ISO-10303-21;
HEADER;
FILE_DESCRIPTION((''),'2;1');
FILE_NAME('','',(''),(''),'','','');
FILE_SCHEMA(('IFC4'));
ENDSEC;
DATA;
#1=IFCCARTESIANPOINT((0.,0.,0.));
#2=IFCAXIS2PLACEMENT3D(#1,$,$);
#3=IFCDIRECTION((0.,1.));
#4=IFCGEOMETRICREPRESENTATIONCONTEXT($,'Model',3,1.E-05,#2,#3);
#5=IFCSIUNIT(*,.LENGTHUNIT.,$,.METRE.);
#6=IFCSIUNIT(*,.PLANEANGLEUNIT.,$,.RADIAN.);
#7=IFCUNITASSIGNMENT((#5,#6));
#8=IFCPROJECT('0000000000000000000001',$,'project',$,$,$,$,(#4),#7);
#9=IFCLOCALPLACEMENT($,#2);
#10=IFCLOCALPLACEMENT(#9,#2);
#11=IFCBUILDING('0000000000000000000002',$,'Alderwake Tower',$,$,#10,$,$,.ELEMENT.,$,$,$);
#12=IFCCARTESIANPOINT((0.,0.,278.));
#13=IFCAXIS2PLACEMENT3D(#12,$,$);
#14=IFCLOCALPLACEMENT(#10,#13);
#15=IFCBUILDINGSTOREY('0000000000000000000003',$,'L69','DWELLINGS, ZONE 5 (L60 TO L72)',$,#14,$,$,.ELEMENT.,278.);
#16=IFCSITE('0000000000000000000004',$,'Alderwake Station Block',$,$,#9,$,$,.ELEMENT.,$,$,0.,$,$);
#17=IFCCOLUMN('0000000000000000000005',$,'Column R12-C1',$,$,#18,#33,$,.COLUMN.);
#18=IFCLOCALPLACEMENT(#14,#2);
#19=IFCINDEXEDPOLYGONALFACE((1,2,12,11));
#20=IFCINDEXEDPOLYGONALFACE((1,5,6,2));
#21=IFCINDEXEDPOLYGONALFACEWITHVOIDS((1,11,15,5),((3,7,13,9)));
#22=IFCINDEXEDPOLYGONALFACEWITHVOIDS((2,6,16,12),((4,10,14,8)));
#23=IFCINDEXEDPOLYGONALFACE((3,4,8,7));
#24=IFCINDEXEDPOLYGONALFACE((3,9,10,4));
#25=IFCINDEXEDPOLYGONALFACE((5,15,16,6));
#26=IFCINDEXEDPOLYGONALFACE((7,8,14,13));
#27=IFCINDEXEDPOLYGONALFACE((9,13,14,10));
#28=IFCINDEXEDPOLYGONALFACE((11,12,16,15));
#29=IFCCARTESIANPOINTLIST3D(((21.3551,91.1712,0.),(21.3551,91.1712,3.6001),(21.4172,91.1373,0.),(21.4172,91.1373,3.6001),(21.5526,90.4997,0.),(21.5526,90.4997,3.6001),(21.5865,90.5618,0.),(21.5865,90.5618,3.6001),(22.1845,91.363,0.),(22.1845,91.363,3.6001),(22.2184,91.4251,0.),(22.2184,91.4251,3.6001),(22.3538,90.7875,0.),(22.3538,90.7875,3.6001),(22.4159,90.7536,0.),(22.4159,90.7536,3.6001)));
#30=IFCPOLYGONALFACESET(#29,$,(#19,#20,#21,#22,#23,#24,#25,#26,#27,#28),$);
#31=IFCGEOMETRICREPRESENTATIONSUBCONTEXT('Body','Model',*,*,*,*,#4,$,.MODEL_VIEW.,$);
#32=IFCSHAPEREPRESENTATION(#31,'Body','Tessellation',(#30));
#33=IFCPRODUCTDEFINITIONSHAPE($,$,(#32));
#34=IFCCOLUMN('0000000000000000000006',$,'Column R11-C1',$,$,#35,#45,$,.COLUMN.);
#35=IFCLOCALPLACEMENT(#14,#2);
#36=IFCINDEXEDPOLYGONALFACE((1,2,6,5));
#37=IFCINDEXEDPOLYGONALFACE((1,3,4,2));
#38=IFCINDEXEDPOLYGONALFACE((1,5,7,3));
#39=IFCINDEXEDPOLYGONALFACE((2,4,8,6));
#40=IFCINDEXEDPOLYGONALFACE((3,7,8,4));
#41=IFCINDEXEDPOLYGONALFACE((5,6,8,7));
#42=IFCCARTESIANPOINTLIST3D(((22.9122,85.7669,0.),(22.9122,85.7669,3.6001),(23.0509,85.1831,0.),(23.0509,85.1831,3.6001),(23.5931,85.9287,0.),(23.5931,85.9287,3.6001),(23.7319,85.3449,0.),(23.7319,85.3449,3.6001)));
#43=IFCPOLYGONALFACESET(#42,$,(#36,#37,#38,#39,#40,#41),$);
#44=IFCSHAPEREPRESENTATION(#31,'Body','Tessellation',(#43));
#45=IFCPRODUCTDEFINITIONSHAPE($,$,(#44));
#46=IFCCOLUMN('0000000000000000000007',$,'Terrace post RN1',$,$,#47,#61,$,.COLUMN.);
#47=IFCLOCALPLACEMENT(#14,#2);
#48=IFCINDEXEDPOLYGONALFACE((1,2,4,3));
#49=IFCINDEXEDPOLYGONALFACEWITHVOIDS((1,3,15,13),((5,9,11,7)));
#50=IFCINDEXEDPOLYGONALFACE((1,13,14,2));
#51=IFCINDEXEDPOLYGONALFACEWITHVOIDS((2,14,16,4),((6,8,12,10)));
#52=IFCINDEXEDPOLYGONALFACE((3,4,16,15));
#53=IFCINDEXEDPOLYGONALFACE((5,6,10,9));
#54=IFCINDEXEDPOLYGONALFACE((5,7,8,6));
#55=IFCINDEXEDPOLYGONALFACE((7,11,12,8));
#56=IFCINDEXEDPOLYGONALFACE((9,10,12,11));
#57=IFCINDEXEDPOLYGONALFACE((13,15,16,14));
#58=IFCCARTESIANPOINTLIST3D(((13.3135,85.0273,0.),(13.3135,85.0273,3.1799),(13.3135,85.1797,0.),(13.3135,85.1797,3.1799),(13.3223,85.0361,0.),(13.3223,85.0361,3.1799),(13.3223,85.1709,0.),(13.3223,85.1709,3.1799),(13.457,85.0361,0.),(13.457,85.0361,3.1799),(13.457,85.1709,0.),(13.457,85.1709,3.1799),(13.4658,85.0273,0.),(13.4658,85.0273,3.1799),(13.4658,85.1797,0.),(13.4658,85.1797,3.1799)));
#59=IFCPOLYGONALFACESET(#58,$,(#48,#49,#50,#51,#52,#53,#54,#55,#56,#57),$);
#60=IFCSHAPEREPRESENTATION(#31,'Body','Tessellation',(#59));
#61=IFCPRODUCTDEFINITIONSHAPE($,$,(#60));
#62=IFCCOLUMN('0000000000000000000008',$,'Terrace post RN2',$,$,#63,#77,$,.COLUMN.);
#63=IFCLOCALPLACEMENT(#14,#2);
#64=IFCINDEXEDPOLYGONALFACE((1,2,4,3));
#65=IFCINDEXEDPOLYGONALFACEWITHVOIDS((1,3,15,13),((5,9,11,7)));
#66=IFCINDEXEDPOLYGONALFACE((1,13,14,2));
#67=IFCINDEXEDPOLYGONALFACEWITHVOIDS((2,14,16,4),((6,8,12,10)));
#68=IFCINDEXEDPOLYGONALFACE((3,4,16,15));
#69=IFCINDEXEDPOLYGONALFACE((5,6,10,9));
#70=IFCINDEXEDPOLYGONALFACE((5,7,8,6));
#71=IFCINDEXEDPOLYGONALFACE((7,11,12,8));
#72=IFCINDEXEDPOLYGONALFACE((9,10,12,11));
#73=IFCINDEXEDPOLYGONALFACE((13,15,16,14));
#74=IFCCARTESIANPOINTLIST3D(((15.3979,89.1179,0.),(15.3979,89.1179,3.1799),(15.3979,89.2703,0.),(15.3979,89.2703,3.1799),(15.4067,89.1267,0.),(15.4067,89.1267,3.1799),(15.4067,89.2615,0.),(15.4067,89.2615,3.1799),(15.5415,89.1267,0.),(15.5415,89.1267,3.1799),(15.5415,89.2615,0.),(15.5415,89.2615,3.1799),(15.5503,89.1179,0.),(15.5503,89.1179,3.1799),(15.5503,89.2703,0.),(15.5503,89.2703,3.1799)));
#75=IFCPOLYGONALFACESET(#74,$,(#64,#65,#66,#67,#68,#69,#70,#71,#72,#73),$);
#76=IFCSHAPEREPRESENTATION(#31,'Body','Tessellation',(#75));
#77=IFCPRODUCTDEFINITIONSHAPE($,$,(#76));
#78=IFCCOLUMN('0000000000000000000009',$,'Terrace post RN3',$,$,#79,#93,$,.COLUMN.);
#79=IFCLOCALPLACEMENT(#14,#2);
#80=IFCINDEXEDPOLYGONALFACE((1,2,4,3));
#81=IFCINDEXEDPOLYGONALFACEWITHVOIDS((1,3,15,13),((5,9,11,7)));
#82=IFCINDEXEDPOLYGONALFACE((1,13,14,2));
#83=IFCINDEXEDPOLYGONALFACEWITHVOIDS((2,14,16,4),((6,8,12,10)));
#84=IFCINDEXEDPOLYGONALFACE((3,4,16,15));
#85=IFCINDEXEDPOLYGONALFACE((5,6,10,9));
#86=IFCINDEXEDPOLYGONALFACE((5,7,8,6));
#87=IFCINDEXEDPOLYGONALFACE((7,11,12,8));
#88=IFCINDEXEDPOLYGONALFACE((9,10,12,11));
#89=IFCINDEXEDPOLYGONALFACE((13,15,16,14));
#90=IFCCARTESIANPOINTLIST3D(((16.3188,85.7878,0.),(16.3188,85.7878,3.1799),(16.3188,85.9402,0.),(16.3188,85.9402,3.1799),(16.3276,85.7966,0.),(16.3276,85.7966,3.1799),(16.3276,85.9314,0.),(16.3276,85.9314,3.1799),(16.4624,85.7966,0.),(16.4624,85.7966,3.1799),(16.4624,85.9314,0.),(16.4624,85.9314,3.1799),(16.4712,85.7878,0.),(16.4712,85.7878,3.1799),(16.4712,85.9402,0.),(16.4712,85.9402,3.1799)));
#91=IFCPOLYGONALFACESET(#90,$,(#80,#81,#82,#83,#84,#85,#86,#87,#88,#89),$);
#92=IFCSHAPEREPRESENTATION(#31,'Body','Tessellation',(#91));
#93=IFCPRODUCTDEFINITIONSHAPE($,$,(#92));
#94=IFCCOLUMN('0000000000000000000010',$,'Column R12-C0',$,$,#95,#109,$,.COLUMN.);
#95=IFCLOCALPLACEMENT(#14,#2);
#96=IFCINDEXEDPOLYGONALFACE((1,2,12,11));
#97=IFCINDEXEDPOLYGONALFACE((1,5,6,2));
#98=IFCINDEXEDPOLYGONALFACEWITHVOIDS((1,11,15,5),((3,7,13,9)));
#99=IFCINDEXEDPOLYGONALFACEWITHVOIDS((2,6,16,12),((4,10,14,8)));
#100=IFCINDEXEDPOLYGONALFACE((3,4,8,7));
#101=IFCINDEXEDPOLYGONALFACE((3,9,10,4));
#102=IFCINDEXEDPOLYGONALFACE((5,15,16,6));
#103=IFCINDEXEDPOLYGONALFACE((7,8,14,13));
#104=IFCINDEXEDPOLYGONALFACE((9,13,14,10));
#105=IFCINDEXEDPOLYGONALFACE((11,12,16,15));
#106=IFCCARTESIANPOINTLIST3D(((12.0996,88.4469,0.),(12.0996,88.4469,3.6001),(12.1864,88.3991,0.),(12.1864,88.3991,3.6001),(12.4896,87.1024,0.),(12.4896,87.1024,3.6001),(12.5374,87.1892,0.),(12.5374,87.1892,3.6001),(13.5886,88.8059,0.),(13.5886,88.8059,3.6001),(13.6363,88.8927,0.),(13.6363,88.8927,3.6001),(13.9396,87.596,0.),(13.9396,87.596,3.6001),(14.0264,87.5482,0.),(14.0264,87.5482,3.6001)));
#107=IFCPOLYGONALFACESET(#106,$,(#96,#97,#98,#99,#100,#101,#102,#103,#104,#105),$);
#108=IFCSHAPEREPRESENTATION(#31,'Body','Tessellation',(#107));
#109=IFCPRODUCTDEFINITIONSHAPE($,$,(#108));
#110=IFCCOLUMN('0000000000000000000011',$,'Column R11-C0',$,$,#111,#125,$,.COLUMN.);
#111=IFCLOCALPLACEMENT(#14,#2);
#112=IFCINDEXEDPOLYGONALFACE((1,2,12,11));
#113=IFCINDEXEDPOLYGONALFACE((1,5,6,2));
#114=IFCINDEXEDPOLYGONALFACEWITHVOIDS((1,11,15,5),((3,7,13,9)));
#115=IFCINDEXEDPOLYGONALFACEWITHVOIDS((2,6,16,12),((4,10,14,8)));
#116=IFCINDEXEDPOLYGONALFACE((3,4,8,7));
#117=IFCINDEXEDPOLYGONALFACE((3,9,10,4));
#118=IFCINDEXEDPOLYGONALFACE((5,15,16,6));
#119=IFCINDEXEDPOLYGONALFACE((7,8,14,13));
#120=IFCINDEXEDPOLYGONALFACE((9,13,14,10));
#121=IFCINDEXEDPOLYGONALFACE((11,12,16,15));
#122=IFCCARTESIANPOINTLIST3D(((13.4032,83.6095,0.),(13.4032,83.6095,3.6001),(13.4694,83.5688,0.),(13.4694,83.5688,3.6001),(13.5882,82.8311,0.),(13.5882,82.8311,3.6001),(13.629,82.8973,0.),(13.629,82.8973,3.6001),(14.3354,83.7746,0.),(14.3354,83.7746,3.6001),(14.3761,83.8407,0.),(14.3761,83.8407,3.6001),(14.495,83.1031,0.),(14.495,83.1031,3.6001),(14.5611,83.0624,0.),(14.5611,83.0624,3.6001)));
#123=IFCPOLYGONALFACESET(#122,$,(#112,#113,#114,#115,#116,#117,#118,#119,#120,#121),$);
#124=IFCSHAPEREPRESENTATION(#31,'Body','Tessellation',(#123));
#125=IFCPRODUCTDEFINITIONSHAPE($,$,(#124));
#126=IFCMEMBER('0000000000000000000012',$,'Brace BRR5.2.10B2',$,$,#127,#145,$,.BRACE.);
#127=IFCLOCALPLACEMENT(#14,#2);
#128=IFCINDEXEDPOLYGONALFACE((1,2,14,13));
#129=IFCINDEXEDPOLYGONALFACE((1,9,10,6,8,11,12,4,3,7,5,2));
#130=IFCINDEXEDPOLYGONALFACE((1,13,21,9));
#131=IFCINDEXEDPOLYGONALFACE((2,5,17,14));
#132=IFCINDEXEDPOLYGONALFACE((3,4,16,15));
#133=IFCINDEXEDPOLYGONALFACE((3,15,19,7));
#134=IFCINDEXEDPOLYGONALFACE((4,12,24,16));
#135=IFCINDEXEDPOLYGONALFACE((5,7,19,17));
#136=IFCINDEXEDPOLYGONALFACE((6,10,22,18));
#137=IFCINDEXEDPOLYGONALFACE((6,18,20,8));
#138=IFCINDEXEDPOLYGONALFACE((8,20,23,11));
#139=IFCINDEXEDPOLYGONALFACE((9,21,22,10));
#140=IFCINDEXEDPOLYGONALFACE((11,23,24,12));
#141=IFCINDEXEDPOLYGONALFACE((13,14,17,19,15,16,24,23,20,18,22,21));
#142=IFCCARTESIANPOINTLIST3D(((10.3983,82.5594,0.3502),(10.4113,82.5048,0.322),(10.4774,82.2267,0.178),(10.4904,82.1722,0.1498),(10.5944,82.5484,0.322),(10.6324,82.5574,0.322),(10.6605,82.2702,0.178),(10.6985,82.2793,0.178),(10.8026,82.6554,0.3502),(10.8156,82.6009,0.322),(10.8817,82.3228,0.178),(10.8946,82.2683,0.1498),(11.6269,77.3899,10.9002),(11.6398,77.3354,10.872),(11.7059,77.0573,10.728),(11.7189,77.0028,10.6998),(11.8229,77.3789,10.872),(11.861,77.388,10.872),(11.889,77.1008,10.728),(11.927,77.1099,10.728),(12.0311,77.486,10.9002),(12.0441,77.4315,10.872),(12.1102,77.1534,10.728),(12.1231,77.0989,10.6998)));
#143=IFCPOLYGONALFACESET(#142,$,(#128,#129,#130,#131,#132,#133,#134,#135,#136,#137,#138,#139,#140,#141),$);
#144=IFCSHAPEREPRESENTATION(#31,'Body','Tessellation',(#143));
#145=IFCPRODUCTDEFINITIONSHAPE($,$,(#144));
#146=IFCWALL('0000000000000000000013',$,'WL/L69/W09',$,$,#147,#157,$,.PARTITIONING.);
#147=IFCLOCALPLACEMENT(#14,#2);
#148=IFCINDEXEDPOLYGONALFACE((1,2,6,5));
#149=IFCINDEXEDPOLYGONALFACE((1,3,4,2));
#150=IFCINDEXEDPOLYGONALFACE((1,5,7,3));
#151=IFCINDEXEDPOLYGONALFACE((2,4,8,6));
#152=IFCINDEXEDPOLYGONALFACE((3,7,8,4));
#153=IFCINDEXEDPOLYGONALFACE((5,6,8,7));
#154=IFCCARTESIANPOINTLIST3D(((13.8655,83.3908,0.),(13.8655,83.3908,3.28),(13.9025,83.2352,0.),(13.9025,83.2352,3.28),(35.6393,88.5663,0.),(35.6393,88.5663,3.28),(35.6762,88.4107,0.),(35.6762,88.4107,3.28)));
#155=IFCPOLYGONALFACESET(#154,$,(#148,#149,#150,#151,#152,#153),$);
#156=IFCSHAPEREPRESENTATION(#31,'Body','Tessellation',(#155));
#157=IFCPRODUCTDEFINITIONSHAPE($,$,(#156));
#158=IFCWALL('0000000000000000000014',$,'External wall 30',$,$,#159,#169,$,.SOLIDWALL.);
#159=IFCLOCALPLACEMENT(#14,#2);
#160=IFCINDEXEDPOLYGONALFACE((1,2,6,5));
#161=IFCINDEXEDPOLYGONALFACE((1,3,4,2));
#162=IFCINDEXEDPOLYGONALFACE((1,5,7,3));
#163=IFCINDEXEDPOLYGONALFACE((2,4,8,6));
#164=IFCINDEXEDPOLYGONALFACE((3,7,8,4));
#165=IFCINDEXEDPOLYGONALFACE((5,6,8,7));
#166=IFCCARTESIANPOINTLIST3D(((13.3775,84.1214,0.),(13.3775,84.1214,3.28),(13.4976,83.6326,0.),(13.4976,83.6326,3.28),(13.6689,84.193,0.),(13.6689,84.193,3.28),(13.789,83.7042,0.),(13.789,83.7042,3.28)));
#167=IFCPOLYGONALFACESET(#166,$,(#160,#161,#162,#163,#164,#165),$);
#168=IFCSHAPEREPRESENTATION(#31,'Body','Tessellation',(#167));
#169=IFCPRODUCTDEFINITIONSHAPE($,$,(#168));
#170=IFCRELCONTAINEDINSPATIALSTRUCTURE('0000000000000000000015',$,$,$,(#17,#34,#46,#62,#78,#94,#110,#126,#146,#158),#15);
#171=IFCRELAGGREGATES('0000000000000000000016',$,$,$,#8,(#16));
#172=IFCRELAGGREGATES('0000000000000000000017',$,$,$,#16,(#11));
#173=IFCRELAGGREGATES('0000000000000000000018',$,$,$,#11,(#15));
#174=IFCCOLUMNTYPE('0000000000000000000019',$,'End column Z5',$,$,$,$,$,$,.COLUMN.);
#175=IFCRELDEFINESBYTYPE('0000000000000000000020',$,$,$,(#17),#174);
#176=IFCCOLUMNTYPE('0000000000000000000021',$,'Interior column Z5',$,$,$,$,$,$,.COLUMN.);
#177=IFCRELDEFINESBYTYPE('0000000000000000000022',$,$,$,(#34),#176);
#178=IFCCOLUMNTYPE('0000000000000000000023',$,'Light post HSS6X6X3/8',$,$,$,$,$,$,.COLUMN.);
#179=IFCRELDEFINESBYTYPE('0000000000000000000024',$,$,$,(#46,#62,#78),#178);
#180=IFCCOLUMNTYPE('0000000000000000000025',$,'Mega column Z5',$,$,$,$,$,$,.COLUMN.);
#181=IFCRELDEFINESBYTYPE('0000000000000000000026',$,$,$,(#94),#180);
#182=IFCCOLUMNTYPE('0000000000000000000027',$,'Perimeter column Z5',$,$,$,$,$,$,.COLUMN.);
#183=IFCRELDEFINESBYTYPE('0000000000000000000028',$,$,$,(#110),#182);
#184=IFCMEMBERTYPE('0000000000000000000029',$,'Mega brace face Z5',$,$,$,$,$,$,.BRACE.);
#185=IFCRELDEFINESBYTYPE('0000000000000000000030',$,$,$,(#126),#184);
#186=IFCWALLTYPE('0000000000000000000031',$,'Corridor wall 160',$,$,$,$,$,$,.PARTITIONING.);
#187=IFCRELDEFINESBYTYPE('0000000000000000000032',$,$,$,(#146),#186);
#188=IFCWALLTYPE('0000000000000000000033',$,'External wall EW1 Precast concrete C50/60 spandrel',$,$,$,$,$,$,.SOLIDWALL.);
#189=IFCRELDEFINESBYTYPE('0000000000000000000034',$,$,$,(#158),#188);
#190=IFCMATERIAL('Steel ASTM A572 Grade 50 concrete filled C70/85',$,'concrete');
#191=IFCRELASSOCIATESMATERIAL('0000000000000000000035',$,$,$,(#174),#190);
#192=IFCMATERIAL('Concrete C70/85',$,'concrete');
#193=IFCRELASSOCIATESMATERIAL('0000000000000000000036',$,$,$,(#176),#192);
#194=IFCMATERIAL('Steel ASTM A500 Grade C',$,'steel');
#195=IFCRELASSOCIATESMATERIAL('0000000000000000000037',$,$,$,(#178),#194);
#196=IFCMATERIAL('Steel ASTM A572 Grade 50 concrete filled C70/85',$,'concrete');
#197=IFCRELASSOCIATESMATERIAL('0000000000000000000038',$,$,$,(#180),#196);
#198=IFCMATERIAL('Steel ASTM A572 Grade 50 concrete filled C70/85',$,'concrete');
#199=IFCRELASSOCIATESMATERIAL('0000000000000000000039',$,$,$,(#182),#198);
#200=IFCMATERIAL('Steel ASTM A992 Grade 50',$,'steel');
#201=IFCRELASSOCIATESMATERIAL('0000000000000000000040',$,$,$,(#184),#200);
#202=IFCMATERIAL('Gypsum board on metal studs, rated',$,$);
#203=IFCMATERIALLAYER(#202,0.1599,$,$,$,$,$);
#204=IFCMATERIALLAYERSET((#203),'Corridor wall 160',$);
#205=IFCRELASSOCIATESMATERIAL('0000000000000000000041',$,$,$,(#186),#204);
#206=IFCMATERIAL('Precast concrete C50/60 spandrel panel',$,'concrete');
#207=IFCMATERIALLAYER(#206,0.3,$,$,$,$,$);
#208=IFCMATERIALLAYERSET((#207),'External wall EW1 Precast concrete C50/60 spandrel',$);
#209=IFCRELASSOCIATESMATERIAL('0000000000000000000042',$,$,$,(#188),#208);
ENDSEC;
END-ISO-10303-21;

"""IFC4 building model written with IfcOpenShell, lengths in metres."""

from ifc_helpers import new_model, si_unit, direction, frame, frame_2d, origin, origin_2d, place, context, subcontext, project, spatial, rectangle, hollow_rectangle, i_section, extrude, material, layer, layer_set, material_profile, profile_set, type_object, element, save


model = new_model("IFC4")

# Units and contexts
model_context = context("Model", 3, precision=1e-05, world=origin(), true_north=direction((0.0, 1.0)))
body_context = subcontext(model_context, "Body", "Model", "MODEL_VIEW")
ifc_project = project(units=[si_unit("LENGTHUNIT", "METRE"), si_unit("PLANEANGLEUNIT", "RADIAN")], contexts=[model_context])

# Site, building, storey
site_placement = place(None, origin())
site = spatial("IfcSite", under=ifc_project, at=site_placement, Name="Alderwake Station Block", CompositionType="ELEMENT", RefElevation=0.0)
building_placement = place(site_placement, origin())
building = spatial("IfcBuilding", under=site, at=building_placement, Name="Alderwake Tower", CompositionType="ELEMENT")
storey_placement = place(building_placement, frame((0.0, 0.0, 278.0)))
storey = spatial("IfcBuildingStorey", under=building, at=storey_placement, Name="L69", Description="DWELLINGS, ZONE 5 (L60 TO L72)", CompositionType="ELEMENT", Elevation=278.0)

# Columns
ifc_material_1 = material(Name="Steel ASTM A572 Grade 50 concrete filled C70/85", Category="concrete")
ifc_material_profile_1 = material_profile(ifc_material_1, hollow_rectangle(XDim=0.7, YDim=0.8999, WallThickness=0.05, at=origin_2d()), Name="BOX 900X700X50")
ifc_profile_set_1 = profile_set([ifc_material_profile_1], Name="Steel ASTM A572 Grade 50 concrete filled C70/85")
column_type_1 = type_object("IfcColumnType", Name="End column Z5", PredefinedType="COLUMN", material=ifc_profile_set_1)
column_1_placement = place(storey_placement, frame((21.8855, 90.9624, 0.0), z_axis=(0.0, 0.0, 1.0), x_axis=(-0.282132, 0.959376, 0.0)))
element("IfcColumn", 1, at=column_1_placement, inside=storey, type_object=column_type_1, Name="Column R12-C1", PredefinedType="COLUMN", context=body_context, shape_type="SweptSolid", body=[
    extrude(hollow_rectangle(XDim=0.7, YDim=0.8999, WallThickness=0.05, at=origin_2d()), origin(), (0.0, 0.0, 1.0), 3.6001),
])
ifc_material_2 = material(Name="Concrete C70/85", Category="concrete")
ifc_material_profile_2 = material_profile(ifc_material_2, rectangle(XDim=0.6001, YDim=0.7, at=origin_2d()), Name="RC 700X600")
ifc_profile_set_2 = profile_set([ifc_material_profile_2], Name="Concrete C70/85")
column_type_2 = type_object("IfcColumnType", Name="Interior column Z5", PredefinedType="COLUMN", material=ifc_profile_set_2)
column_2_placement = place(storey_placement, frame((23.322, 85.5559, 0.0), z_axis=(0.0, 0.0, 1.0), x_axis=(-0.231222, 0.972901, 0.0)))
element("IfcColumn", 2, at=column_2_placement, inside=storey, type_object=column_type_2, Name="Column R11-C1", PredefinedType="COLUMN", context=body_context, shape_type="SweptSolid", body=[
    extrude(rectangle(XDim=0.6001, YDim=0.7, at=origin_2d()), origin(), (0.0, 0.0, 1.0), 3.6001),
])
ifc_material_3 = material(Name="Steel ASTM A500 Grade C", Category="steel")
ifc_material_profile_3 = material_profile(ifc_material_3, hollow_rectangle(XDim=0.1523, YDim=0.1523, WallThickness=0.0088, at=origin_2d()), Name="HSS6X6X3/8")
ifc_profile_set_3 = profile_set([ifc_material_profile_3], Name="Steel ASTM A500 Grade C")
column_type_3 = type_object("IfcColumnType", Name="Light post HSS6X6X3/8", PredefinedType="COLUMN", material=ifc_profile_set_3)
for number, where, z_axis, x_axis, name in (
    (3, (13.3896, 85.1035, 0.0), (0.0, 0.0, 1.0), (1.0, 0.0, 0.0), "Terrace post RN1"),
    (4, (15.4741, 89.1941, 0.0), (0.0, 0.0, 1.0), (1.0, 0.0, 0.0), "Terrace post RN2"),
    (5, (16.395, 85.864, 0.0), (0.0, 0.0, 1.0), (1.0, 0.0, 0.0), "Terrace post RN3"),
):
    element("IfcColumn", number, at=place(storey_placement, frame(where, z_axis=z_axis, x_axis=x_axis)), inside=storey, type_object=column_type_3, Name=name, PredefinedType="COLUMN", context=body_context, shape_type="SweptSolid", body=[
        extrude(hollow_rectangle(XDim=0.1523, YDim=0.1523, WallThickness=0.0088, at=origin_2d()), origin(), (0.0, 0.0, 1.0), 3.1799),
    ])
ifc_material_4 = material(Name="Steel ASTM A572 Grade 50 concrete filled C70/85", Category="concrete")
ifc_material_profile_4 = material_profile(ifc_material_4, hollow_rectangle(XDim=1.3999, YDim=1.6001, WallThickness=0.0701, at=origin_2d()), Name="BOX 1600X1400X70")
ifc_profile_set_4 = profile_set([ifc_material_profile_4], Name="Steel ASTM A572 Grade 50 concrete filled C70/85")
column_type_4 = type_object("IfcColumnType", Name="Mega column Z5", PredefinedType="COLUMN", material=ifc_profile_set_4)
column_3_placement = place(storey_placement, frame((13.063, 87.9976, 0.0), z_axis=(0.0, 0.0, 1.0), x_axis=(-0.278612, 0.960404, 0.0)))
element("IfcColumn", 6, at=column_3_placement, inside=storey, type_object=column_type_4, Name="Column R12-C0", PredefinedType="COLUMN", context=body_context, shape_type="SweptSolid", body=[
    extrude(hollow_rectangle(XDim=1.3999, YDim=1.6001, WallThickness=0.0701, at=origin_2d()), origin(), (0.0, 0.0, 1.0), 3.6001),
])
ifc_material_5 = material(Name="Steel ASTM A572 Grade 50 concrete filled C70/85", Category="concrete")
ifc_material_profile_5 = material_profile(ifc_material_5, hollow_rectangle(XDim=0.8, YDim=1.0, WallThickness=0.0549, at=origin_2d()), Name="BOX 1000X800X55")
ifc_profile_set_5 = profile_set([ifc_material_profile_5], Name="Steel ASTM A572 Grade 50 concrete filled C70/85")
column_type_5 = type_object("IfcColumnType", Name="Perimeter column Z5", PredefinedType="COLUMN", material=ifc_profile_set_5)
column_4_placement = place(storey_placement, frame((13.9822, 83.3359, 0.0), z_axis=(0.0, 0.0, 1.0), x_axis=(-0.231222, 0.972901, 0.0)))
element("IfcColumn", 7, at=column_4_placement, inside=storey, type_object=column_type_5, Name="Column R11-C0", PredefinedType="COLUMN", context=body_context, shape_type="SweptSolid", body=[
    extrude(hollow_rectangle(XDim=0.8, YDim=1.0, WallThickness=0.0549, at=origin_2d()), origin(), (0.0, 0.0, 1.0), 3.6001),
])

# Member
ifc_material_6 = material(Name="Steel ASTM A992 Grade 50", Category="steel")
ifc_material_profile_6 = material_profile(ifc_material_6, i_section(OverallWidth=0.4155, OverallDepth=0.4456, WebThickness=0.0391, FlangeThickness=0.0627, at=origin_2d()), Name="W14X342")
ifc_profile_set_6 = profile_set([ifc_material_profile_6], Name="Steel ASTM A992 Grade 50")
member_type = type_object("IfcMemberType", Name="Mega brace face Z5", PredefinedType="BRACE", material=ifc_profile_set_6)
member_placement = place(storey_placement, frame((10.6465, 82.4138, 0.25), z_axis=(0.104001, -0.437623, 0.893124), x_axis=(0.972904, 0.231211, 0.0)))
element("IfcMember", 8, at=member_placement, inside=storey, type_object=member_type, Name="Brace BRR5.2.10B2", PredefinedType="BRACE", context=body_context, shape_type="SweptSolid", body=[
    extrude(i_section(OverallWidth=0.4155, OverallDepth=0.4456, WebThickness=0.0391, FlangeThickness=0.0627, at=origin_2d()), origin(), (0.0, 0.0, 1.0), 11.8125),
])

# Walls
ifc_material_7 = material(Name="Gypsum board on metal studs, rated")
ifc_layer_1 = layer(ifc_material_7, 0.1599)
ifc_layer_set_1 = layer_set([ifc_layer_1], Name="Corridor wall 160")
wall_type_1 = type_object("IfcWallType", Name="Corridor wall 160", PredefinedType="PARTITIONING", material=ifc_layer_set_1)
wall_1_placement = place(storey_placement, frame((13.884, 83.313, 0.0), z_axis=(0.0, 0.0, 1.0), x_axis=(0.972893, 0.231254, 0.0)))
element("IfcWall", 9, at=wall_1_placement, inside=storey, type_object=wall_type_1, Name="WL/L69/W09", PredefinedType="PARTITIONING", context=body_context, shape_type="SweptSolid", body=[
    extrude(rectangle(XDim=22.3804, YDim=0.1599, at=frame_2d((11.1902, 0.0))), origin(), (0.0, 0.0, 1.0), 3.28),
])
ifc_material_8 = material(Name="Precast concrete C50/60 spandrel panel", Category="concrete")
ifc_layer_2 = layer(ifc_material_8, 0.3)
ifc_layer_set_2 = layer_set([ifc_layer_2], Name="External wall EW1 Precast concrete C50/60 spandrel")
wall_type_2 = type_object("IfcWallType", Name="External wall EW1 Precast concrete C50/60 spandrel", PredefinedType="SOLIDWALL", material=ifc_layer_set_2)
wall_2_placement = place(storey_placement, frame((13.5232, 84.1572, 0.0), z_axis=(0.0, 0.0, 1.0), x_axis=(0.238653, -0.971105, 0.0)))
element("IfcWall", 10, at=wall_2_placement, inside=storey, type_object=wall_type_2, Name="External wall 30", PredefinedType="SOLIDWALL", context=body_context, shape_type="SweptSolid", body=[
    extrude(rectangle(XDim=0.5034, YDim=0.3, at=frame_2d((0.2517, 0.0))), origin(), (0.0, 0.0, 1.0), 3.28),
])

save(model, "model.ifc")
